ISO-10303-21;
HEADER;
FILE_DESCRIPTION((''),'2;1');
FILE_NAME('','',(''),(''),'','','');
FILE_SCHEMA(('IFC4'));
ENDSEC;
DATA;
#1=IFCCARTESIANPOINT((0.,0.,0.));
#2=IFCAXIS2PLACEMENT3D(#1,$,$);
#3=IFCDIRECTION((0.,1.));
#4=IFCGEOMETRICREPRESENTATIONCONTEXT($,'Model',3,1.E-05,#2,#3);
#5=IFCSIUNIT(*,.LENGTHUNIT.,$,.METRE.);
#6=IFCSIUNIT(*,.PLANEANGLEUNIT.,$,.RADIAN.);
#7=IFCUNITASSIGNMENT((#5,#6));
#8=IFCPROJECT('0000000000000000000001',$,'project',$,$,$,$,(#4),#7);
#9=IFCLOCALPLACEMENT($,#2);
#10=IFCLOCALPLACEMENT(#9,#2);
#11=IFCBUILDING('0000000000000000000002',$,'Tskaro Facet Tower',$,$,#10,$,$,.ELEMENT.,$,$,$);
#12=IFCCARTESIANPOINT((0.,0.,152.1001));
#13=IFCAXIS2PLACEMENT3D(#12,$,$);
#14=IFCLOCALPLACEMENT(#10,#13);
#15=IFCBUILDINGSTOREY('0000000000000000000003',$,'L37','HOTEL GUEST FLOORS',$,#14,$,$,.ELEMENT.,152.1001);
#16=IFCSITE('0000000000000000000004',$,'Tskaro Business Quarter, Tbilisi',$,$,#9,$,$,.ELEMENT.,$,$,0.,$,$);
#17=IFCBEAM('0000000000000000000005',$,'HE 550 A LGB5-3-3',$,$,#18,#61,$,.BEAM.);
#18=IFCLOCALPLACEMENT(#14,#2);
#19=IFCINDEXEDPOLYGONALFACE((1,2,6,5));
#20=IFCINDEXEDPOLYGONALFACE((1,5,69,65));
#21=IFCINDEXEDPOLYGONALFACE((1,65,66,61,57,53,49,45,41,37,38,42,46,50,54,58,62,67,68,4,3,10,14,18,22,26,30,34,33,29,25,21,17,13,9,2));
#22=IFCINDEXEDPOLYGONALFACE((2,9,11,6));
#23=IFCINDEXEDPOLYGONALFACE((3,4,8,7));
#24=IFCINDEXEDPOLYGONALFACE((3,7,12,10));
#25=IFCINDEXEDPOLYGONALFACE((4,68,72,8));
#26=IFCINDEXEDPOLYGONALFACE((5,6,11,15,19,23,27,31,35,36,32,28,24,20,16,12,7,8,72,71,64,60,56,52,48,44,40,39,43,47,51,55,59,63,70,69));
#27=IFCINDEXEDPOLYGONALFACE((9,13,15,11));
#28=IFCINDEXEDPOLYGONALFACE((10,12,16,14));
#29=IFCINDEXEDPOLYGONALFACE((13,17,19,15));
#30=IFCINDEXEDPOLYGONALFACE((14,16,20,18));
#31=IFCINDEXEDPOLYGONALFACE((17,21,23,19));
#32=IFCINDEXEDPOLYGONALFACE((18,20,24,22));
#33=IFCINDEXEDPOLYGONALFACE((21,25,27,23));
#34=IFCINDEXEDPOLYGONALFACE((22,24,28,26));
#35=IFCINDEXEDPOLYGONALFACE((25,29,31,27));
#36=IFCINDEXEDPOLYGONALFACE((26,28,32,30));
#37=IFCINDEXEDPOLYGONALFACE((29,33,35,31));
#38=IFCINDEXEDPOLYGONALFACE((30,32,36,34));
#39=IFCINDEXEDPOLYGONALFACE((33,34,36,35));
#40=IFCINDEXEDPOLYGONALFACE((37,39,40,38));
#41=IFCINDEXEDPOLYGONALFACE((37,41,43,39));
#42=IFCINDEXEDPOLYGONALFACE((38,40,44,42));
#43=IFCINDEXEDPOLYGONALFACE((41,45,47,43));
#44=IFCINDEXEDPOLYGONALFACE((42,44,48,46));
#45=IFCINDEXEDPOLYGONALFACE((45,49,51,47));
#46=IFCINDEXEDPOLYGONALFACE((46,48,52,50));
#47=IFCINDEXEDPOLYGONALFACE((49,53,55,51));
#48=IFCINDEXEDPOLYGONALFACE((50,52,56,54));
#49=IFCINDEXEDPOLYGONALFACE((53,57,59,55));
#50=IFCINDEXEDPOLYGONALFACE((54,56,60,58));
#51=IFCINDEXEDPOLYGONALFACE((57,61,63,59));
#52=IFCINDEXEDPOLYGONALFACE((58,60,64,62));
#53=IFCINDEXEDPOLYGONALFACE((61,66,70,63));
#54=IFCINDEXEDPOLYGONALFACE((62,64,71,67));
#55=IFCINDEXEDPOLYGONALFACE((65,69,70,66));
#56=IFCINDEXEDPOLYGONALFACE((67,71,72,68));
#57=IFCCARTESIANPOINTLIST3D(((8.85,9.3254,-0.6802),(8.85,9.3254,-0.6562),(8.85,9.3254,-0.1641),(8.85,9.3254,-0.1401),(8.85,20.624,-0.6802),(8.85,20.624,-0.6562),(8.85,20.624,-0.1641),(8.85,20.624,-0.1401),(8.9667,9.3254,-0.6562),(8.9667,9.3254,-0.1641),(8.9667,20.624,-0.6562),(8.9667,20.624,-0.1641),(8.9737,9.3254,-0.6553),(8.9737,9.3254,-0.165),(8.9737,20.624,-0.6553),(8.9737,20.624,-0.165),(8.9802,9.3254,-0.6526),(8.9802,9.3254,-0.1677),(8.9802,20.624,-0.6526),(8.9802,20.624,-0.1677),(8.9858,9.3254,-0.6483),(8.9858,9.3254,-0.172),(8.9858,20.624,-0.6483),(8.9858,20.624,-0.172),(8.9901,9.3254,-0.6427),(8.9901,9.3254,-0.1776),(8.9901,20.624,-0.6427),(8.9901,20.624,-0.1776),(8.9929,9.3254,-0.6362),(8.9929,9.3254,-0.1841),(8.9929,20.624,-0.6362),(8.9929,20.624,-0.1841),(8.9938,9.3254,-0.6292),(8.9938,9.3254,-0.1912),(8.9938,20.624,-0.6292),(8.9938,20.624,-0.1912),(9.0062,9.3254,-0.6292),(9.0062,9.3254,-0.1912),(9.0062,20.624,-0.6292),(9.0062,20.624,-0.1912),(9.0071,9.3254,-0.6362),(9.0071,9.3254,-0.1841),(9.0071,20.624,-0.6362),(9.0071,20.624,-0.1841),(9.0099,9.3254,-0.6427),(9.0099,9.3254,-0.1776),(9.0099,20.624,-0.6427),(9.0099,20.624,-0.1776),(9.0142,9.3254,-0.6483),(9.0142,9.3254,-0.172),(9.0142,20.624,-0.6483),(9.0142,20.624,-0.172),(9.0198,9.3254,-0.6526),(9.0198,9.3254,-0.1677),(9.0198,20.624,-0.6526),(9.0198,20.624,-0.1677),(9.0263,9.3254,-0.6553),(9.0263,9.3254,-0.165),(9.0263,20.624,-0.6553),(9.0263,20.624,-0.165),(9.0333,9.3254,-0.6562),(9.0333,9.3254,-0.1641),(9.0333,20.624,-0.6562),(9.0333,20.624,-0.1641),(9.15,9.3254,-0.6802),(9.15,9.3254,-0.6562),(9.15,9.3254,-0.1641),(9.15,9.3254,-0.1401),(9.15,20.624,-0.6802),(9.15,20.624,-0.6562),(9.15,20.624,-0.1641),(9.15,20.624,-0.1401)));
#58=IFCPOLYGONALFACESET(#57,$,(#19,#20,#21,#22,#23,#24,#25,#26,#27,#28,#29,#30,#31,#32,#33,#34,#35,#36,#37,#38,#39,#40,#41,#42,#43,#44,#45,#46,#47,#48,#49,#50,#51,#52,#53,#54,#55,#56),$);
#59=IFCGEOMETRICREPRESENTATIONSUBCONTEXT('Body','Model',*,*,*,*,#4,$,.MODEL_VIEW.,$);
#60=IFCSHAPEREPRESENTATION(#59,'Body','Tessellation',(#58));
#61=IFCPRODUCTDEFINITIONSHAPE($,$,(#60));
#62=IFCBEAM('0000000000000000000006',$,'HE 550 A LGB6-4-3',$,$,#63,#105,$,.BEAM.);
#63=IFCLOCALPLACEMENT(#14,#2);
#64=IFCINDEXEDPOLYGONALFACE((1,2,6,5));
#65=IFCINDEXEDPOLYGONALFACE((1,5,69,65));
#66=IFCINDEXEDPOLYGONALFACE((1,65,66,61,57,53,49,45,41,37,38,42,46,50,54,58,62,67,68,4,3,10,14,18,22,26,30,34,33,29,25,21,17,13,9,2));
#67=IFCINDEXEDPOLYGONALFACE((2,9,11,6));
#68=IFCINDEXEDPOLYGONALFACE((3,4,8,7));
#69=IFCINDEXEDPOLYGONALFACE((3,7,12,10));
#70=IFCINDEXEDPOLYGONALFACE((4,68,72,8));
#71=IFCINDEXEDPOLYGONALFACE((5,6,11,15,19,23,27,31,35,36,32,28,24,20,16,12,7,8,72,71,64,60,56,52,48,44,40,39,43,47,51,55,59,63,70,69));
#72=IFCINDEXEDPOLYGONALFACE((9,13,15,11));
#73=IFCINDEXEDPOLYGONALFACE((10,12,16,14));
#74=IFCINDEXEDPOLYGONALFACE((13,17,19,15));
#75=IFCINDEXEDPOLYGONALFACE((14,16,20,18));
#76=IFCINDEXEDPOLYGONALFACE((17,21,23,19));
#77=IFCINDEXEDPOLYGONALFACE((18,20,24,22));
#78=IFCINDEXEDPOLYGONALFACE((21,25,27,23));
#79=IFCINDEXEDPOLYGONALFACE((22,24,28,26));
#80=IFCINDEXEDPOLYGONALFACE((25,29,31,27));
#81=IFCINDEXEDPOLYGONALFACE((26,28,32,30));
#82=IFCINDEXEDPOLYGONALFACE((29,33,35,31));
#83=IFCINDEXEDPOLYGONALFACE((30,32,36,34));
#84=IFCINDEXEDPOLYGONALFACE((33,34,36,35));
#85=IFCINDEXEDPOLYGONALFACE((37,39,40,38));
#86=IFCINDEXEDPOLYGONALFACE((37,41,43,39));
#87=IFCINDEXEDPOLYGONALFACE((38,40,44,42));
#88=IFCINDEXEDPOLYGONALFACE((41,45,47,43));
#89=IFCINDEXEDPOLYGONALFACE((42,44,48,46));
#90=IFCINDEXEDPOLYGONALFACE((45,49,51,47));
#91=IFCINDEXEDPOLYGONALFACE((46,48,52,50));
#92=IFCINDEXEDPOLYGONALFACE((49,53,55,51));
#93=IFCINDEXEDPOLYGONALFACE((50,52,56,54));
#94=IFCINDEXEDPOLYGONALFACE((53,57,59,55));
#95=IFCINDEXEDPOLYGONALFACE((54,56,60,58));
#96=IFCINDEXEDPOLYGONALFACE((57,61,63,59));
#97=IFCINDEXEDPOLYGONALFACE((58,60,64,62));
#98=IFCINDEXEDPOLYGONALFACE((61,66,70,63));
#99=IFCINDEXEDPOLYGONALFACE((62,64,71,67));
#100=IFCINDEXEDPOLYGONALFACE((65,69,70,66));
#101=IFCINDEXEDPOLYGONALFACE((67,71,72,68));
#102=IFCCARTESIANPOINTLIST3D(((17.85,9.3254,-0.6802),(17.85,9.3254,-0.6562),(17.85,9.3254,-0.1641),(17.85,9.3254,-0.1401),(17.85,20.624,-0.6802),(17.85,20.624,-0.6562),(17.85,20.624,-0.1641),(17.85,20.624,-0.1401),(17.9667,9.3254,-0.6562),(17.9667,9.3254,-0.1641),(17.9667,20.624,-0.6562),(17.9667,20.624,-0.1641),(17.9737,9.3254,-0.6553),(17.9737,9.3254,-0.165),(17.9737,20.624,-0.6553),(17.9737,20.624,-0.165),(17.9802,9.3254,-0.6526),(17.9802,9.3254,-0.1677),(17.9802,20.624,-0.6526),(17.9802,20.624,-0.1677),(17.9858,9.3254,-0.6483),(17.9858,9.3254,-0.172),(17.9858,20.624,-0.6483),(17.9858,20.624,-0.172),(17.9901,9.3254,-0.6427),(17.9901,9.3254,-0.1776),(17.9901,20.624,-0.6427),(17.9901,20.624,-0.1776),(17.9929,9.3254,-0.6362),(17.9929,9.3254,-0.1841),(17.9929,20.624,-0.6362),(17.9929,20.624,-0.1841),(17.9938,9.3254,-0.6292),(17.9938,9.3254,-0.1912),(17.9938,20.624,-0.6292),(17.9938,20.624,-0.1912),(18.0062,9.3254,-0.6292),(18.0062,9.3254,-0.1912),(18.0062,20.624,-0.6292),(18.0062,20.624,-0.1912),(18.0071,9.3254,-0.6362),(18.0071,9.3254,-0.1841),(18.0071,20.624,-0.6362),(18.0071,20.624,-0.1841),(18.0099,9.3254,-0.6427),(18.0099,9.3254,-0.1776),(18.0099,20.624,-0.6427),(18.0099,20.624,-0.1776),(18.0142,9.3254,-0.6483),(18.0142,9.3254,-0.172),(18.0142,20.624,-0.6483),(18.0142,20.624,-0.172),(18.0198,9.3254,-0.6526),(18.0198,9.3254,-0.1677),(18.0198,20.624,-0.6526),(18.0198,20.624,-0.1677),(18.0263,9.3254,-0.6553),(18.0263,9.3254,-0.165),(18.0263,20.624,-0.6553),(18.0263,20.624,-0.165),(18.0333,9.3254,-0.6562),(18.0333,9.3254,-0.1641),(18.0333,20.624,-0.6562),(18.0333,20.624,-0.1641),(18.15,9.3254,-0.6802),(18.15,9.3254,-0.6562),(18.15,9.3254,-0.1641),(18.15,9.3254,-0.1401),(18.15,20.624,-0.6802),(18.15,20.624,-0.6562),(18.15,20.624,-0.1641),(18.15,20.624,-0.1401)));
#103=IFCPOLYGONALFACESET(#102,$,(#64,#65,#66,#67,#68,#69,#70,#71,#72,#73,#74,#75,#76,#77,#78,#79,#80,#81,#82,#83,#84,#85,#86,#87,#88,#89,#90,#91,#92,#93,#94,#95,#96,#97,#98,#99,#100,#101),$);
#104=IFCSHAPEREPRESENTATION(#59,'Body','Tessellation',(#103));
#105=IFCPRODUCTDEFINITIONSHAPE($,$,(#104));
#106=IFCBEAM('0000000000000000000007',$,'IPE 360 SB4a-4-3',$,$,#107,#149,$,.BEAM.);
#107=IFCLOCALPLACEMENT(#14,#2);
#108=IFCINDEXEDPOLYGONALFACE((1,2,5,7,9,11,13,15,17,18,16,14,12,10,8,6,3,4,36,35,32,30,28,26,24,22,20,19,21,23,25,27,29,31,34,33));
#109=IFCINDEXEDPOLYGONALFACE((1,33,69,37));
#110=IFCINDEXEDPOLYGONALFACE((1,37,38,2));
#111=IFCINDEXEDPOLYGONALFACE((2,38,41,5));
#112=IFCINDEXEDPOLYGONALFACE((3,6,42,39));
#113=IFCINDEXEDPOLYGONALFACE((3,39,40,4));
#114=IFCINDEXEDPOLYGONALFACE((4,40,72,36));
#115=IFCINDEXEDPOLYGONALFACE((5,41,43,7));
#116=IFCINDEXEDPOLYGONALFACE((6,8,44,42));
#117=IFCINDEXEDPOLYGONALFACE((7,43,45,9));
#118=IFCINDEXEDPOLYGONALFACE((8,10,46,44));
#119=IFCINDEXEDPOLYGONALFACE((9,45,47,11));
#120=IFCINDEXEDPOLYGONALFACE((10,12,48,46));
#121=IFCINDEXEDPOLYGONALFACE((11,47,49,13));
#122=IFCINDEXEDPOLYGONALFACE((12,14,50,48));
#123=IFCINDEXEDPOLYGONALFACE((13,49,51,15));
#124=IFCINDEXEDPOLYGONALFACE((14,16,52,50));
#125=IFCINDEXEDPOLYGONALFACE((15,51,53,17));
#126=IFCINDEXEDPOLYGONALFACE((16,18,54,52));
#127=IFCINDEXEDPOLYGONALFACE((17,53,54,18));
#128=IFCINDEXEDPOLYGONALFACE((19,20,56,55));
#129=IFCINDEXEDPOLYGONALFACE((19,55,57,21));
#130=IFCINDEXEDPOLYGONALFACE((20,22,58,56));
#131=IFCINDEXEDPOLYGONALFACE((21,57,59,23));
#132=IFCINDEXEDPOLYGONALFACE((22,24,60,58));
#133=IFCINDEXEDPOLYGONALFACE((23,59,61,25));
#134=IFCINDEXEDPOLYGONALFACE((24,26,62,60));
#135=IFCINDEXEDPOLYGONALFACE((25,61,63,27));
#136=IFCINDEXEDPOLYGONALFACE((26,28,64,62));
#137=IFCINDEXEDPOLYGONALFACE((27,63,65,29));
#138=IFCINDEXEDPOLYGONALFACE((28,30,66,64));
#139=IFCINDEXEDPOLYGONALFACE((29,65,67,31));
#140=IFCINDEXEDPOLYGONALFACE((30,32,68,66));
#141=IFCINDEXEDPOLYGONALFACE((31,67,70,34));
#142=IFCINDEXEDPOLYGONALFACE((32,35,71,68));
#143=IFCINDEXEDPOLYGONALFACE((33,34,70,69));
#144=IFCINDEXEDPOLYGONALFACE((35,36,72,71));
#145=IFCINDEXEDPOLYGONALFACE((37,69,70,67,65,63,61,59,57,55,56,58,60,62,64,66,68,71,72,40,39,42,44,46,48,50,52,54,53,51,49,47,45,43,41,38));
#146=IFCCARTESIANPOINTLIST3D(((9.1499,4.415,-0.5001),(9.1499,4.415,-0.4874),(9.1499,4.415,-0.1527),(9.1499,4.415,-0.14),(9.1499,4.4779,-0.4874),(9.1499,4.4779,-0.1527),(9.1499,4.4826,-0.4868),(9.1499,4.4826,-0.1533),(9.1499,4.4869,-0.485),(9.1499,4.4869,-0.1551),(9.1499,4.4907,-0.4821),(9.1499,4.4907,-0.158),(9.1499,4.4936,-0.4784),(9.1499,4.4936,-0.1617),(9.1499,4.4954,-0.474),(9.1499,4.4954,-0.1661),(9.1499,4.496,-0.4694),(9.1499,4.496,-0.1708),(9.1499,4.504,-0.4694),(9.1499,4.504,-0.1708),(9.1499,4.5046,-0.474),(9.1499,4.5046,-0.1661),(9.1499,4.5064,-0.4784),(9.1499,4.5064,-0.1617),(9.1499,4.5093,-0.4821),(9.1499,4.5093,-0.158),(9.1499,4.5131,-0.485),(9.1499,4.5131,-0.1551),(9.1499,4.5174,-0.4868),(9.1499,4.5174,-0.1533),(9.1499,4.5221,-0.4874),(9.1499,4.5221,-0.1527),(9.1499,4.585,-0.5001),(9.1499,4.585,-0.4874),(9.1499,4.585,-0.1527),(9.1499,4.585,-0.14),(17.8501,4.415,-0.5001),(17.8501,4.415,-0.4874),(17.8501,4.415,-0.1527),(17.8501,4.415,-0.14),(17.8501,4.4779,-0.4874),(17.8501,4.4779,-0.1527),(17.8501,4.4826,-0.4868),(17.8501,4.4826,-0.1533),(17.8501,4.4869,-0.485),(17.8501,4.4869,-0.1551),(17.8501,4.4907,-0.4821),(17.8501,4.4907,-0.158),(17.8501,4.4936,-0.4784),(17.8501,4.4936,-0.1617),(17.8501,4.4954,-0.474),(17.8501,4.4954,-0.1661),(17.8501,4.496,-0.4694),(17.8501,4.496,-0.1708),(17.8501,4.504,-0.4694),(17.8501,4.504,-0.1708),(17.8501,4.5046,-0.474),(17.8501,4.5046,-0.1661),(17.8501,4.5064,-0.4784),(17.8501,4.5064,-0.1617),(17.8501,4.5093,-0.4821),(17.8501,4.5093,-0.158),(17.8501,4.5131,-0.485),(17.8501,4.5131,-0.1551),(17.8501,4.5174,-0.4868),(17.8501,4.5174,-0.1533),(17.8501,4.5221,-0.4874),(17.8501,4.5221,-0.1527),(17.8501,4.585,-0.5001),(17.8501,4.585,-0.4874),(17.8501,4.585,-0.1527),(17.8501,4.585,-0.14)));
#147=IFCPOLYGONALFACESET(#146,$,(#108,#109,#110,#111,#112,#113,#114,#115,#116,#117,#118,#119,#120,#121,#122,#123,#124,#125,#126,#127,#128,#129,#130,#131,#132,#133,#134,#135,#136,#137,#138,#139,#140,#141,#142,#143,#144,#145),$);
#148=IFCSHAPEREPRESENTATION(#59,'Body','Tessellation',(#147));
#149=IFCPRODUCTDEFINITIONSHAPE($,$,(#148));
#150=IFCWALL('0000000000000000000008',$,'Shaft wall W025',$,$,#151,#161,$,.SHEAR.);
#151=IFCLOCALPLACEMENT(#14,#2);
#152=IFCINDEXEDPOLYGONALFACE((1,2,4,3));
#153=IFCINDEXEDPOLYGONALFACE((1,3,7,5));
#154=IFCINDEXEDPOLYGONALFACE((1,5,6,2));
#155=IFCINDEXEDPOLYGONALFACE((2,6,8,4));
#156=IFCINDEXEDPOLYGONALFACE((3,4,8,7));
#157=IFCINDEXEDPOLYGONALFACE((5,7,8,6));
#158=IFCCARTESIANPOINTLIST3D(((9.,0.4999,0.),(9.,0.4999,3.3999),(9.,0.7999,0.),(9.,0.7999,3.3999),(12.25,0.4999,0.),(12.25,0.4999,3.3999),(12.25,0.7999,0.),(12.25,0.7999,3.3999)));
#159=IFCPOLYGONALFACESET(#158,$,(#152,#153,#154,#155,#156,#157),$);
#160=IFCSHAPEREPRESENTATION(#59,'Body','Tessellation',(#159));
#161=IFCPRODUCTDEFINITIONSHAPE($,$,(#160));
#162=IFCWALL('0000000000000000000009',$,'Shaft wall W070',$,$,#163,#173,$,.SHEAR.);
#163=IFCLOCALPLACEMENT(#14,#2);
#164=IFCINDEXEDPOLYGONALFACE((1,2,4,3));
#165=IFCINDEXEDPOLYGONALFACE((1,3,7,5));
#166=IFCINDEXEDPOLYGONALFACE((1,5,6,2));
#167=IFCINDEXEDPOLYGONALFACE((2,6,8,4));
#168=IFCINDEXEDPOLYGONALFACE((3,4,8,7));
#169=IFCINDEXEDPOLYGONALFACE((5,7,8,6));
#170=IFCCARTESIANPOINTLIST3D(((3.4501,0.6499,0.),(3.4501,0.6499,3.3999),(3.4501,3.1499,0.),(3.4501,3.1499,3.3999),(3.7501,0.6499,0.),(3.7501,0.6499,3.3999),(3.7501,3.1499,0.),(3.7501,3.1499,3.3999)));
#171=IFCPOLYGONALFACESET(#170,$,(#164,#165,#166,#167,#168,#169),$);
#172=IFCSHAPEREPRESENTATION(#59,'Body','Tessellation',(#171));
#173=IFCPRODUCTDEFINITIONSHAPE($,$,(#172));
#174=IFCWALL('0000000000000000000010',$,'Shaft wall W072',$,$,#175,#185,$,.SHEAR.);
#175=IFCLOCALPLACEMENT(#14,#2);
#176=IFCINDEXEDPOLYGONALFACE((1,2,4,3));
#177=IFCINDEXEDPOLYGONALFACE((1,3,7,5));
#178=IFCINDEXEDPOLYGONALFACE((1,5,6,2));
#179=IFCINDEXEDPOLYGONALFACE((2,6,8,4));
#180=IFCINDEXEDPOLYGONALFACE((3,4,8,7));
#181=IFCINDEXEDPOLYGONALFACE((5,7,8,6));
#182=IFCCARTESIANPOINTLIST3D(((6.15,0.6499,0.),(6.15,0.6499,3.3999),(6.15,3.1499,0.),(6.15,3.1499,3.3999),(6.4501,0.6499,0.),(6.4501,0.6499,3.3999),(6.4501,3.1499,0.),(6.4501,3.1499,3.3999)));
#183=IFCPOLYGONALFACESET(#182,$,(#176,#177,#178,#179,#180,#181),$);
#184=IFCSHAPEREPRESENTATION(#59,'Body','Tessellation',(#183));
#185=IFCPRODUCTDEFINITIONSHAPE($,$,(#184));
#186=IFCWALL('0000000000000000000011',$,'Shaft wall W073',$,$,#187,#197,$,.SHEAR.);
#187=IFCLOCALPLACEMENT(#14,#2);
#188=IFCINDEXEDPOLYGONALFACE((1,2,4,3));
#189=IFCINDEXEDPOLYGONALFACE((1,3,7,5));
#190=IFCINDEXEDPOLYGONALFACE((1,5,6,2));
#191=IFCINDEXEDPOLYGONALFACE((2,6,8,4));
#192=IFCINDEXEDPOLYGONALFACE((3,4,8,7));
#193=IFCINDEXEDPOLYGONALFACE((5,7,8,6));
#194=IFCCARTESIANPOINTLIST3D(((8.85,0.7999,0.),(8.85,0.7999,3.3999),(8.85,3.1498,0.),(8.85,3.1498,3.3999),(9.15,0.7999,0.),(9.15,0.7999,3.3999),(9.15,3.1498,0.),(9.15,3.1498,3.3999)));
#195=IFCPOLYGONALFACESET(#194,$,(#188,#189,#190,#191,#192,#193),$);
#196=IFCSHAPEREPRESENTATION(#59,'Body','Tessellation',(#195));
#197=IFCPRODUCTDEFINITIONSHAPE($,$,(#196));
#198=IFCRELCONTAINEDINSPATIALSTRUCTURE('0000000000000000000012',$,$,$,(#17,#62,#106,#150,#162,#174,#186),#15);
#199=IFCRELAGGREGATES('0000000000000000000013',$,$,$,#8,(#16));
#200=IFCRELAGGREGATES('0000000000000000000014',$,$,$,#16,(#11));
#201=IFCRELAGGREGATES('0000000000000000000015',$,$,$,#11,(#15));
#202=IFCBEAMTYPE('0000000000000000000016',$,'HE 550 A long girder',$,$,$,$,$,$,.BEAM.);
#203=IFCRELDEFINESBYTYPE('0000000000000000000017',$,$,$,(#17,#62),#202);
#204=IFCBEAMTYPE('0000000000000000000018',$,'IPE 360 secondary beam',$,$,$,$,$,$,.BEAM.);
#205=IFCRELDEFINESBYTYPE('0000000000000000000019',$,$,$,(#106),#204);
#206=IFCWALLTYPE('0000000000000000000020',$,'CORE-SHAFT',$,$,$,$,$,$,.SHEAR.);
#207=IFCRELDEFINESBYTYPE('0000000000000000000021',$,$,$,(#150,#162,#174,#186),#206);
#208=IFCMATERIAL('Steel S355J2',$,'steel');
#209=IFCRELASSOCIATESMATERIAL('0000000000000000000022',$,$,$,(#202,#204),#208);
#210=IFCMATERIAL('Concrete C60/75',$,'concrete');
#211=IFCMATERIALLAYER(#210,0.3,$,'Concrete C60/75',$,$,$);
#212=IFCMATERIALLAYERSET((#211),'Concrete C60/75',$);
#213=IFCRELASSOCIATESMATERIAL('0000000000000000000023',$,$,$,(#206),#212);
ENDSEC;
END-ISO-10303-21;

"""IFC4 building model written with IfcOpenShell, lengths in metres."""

from ifc_helpers import new_model, si_unit, direction, frame, frame_2d, origin, origin_2d, place, context, subcontext, project, spatial, rectangle, i_section, extrude, material, layer, layer_set, material_profile, profile_set, type_object, element, save


model = new_model("IFC4")

# Units and contexts
model_context = context("Model", 3, precision=1e-05, world=origin(), true_north=direction((0.0, 1.0)))
body_context = subcontext(model_context, "Body", "Model", "MODEL_VIEW")
ifc_project = project(units=[si_unit("LENGTHUNIT", "METRE"), si_unit("PLANEANGLEUNIT", "RADIAN")], contexts=[model_context])

# Site, building, storey
site_placement = place(None, origin())
site = spatial("IfcSite", under=ifc_project, at=site_placement, Name="Tskaro Business Quarter, Tbilisi", CompositionType="ELEMENT", RefElevation=0.0)
building_placement = place(site_placement, origin())
building = spatial("IfcBuilding", under=site, at=building_placement, Name="Tskaro Facet Tower", CompositionType="ELEMENT")
storey_placement = place(building_placement, frame((0.0, 0.0, 152.1001)))
storey = spatial("IfcBuildingStorey", under=building, at=storey_placement, Name="L37", Description="HOTEL GUEST FLOORS", CompositionType="ELEMENT", Elevation=152.1001)

# Beams
ifc_material_1 = material(Name="Steel S355J2", Category="steel")
ifc_material_profile_1 = material_profile(ifc_material_1, i_section(OverallWidth=0.3, OverallDepth=0.54, WebThickness=0.0125, FlangeThickness=0.0239, FilletRadius=0.0271, at=origin_2d()), Name="HE 550 A")
ifc_profile_set_1 = profile_set([ifc_material_profile_1], Name="Steel S355J2")
beam_type_1 = type_object("IfcBeamType", Name="HE 550 A long girder", PredefinedType="BEAM", material=ifc_profile_set_1)
for number, where, z_axis, x_axis, name in (
    (1, (9.0, 9.3254, -0.4102), (0.0, 1.0, 0.0), (-1.0, 0.0, 0.0), "HE 550 A LGB5-3-3"),
    (2, (18.0, 9.3254, -0.4102), (0.0, 1.0, 0.0), (-1.0, 0.0, 0.0), "HE 550 A LGB6-4-3"),
):
    element("IfcBeam", number, at=place(storey_placement, frame(where, z_axis=z_axis, x_axis=x_axis)), inside=storey, type_object=beam_type_1, Name=name, PredefinedType="BEAM", context=body_context, shape_type="SweptSolid", body=[
        extrude(i_section(OverallWidth=0.3, OverallDepth=0.54, WebThickness=0.0125, FlangeThickness=0.0239, FilletRadius=0.0271, at=origin_2d()), origin(), (0.0, 0.0, 1.0), 11.2986),
    ])
ifc_material_profile_2 = material_profile(ifc_material_1, i_section(OverallWidth=0.1699, OverallDepth=0.3601, WebThickness=0.0081, FlangeThickness=0.0127, FilletRadius=0.0181, at=origin_2d()), Name="IPE 360")
ifc_profile_set_2 = profile_set([ifc_material_profile_2], Name="Steel S355J2")
beam_type_2 = type_object("IfcBeamType", Name="IPE 360 secondary beam", PredefinedType="BEAM", material=ifc_profile_set_2)
beam_1_placement = place(storey_placement, frame((9.1499, 4.5, -0.3201), z_axis=(1.0, 0.0, 0.0), x_axis=(0.0, 1.0, 0.0)))
element("IfcBeam", 3, at=beam_1_placement, inside=storey, type_object=beam_type_2, Name="IPE 360 SB4a-4-3", PredefinedType="BEAM", context=body_context, shape_type="SweptSolid", body=[
    extrude(i_section(OverallWidth=0.1699, OverallDepth=0.3601, WebThickness=0.0081, FlangeThickness=0.0127, FilletRadius=0.0181, at=origin_2d()), origin(), (0.0, 0.0, 1.0), 8.7002),
])

# Walls
ifc_material_2 = material(Name="Concrete C60/75", Category="concrete")
ifc_layer_1 = layer(ifc_material_2, 0.3, Name="Concrete C60/75")
ifc_layer_set_1 = layer_set([ifc_layer_1], Name="Concrete C60/75")
wall_type_1 = type_object("IfcWallType", Name="CORE-SHAFT", PredefinedType="SHEAR", material=ifc_layer_set_1)
wall_1_placement = place(storey_placement, frame((12.25, 0.6499, 0.0), z_axis=(0.0, 0.0, 1.0), x_axis=(-1.0, 0.0, 0.0)))
element("IfcWall", 4, at=wall_1_placement, inside=storey, type_object=wall_type_1, Name="Shaft wall W025", PredefinedType="SHEAR", context=body_context, shape_type="SweptSolid", body=[
    extrude(rectangle(XDim=3.25, YDim=0.3, at=frame_2d((1.625, 0.0))), origin(), (0.0, 0.0, 1.0), 3.3999),
])
for number, where, z_axis, x_axis, name in (
    (5, (3.6001, 0.6499, 0.0), (0.0, 0.0, 1.0), (0.0, 1.0, 0.0), "Shaft wall W070"),
    (6, (6.3, 0.6499, 0.0), (0.0, 0.0, 1.0), (0.0, 1.0, 0.0), "Shaft wall W072"),
):
    element("IfcWall", number, at=place(storey_placement, frame(where, z_axis=z_axis, x_axis=x_axis)), inside=storey, type_object=wall_type_1, Name=name, PredefinedType="SHEAR", context=body_context, shape_type="SweptSolid", body=[
        extrude(rectangle(XDim=2.5, YDim=0.3, at=frame_2d((1.25, 0.0))), origin(), (0.0, 0.0, 1.0), 3.3999),
    ])
wall_2_placement = place(storey_placement, frame((9.0, 0.8, 0.0), z_axis=(0.0, 0.0, 1.0), x_axis=(0.0, 1.0, 0.0)))
element("IfcWall", 7, at=wall_2_placement, inside=storey, type_object=wall_type_1, Name="Shaft wall W073", PredefinedType="SHEAR", context=body_context, shape_type="SweptSolid", body=[
    extrude(rectangle(XDim=2.3499, YDim=0.3, at=frame_2d((1.1748, 0.0))), origin(), (0.0, 0.0, 1.0), 3.3999),
])

save(model, "model.ifc")
